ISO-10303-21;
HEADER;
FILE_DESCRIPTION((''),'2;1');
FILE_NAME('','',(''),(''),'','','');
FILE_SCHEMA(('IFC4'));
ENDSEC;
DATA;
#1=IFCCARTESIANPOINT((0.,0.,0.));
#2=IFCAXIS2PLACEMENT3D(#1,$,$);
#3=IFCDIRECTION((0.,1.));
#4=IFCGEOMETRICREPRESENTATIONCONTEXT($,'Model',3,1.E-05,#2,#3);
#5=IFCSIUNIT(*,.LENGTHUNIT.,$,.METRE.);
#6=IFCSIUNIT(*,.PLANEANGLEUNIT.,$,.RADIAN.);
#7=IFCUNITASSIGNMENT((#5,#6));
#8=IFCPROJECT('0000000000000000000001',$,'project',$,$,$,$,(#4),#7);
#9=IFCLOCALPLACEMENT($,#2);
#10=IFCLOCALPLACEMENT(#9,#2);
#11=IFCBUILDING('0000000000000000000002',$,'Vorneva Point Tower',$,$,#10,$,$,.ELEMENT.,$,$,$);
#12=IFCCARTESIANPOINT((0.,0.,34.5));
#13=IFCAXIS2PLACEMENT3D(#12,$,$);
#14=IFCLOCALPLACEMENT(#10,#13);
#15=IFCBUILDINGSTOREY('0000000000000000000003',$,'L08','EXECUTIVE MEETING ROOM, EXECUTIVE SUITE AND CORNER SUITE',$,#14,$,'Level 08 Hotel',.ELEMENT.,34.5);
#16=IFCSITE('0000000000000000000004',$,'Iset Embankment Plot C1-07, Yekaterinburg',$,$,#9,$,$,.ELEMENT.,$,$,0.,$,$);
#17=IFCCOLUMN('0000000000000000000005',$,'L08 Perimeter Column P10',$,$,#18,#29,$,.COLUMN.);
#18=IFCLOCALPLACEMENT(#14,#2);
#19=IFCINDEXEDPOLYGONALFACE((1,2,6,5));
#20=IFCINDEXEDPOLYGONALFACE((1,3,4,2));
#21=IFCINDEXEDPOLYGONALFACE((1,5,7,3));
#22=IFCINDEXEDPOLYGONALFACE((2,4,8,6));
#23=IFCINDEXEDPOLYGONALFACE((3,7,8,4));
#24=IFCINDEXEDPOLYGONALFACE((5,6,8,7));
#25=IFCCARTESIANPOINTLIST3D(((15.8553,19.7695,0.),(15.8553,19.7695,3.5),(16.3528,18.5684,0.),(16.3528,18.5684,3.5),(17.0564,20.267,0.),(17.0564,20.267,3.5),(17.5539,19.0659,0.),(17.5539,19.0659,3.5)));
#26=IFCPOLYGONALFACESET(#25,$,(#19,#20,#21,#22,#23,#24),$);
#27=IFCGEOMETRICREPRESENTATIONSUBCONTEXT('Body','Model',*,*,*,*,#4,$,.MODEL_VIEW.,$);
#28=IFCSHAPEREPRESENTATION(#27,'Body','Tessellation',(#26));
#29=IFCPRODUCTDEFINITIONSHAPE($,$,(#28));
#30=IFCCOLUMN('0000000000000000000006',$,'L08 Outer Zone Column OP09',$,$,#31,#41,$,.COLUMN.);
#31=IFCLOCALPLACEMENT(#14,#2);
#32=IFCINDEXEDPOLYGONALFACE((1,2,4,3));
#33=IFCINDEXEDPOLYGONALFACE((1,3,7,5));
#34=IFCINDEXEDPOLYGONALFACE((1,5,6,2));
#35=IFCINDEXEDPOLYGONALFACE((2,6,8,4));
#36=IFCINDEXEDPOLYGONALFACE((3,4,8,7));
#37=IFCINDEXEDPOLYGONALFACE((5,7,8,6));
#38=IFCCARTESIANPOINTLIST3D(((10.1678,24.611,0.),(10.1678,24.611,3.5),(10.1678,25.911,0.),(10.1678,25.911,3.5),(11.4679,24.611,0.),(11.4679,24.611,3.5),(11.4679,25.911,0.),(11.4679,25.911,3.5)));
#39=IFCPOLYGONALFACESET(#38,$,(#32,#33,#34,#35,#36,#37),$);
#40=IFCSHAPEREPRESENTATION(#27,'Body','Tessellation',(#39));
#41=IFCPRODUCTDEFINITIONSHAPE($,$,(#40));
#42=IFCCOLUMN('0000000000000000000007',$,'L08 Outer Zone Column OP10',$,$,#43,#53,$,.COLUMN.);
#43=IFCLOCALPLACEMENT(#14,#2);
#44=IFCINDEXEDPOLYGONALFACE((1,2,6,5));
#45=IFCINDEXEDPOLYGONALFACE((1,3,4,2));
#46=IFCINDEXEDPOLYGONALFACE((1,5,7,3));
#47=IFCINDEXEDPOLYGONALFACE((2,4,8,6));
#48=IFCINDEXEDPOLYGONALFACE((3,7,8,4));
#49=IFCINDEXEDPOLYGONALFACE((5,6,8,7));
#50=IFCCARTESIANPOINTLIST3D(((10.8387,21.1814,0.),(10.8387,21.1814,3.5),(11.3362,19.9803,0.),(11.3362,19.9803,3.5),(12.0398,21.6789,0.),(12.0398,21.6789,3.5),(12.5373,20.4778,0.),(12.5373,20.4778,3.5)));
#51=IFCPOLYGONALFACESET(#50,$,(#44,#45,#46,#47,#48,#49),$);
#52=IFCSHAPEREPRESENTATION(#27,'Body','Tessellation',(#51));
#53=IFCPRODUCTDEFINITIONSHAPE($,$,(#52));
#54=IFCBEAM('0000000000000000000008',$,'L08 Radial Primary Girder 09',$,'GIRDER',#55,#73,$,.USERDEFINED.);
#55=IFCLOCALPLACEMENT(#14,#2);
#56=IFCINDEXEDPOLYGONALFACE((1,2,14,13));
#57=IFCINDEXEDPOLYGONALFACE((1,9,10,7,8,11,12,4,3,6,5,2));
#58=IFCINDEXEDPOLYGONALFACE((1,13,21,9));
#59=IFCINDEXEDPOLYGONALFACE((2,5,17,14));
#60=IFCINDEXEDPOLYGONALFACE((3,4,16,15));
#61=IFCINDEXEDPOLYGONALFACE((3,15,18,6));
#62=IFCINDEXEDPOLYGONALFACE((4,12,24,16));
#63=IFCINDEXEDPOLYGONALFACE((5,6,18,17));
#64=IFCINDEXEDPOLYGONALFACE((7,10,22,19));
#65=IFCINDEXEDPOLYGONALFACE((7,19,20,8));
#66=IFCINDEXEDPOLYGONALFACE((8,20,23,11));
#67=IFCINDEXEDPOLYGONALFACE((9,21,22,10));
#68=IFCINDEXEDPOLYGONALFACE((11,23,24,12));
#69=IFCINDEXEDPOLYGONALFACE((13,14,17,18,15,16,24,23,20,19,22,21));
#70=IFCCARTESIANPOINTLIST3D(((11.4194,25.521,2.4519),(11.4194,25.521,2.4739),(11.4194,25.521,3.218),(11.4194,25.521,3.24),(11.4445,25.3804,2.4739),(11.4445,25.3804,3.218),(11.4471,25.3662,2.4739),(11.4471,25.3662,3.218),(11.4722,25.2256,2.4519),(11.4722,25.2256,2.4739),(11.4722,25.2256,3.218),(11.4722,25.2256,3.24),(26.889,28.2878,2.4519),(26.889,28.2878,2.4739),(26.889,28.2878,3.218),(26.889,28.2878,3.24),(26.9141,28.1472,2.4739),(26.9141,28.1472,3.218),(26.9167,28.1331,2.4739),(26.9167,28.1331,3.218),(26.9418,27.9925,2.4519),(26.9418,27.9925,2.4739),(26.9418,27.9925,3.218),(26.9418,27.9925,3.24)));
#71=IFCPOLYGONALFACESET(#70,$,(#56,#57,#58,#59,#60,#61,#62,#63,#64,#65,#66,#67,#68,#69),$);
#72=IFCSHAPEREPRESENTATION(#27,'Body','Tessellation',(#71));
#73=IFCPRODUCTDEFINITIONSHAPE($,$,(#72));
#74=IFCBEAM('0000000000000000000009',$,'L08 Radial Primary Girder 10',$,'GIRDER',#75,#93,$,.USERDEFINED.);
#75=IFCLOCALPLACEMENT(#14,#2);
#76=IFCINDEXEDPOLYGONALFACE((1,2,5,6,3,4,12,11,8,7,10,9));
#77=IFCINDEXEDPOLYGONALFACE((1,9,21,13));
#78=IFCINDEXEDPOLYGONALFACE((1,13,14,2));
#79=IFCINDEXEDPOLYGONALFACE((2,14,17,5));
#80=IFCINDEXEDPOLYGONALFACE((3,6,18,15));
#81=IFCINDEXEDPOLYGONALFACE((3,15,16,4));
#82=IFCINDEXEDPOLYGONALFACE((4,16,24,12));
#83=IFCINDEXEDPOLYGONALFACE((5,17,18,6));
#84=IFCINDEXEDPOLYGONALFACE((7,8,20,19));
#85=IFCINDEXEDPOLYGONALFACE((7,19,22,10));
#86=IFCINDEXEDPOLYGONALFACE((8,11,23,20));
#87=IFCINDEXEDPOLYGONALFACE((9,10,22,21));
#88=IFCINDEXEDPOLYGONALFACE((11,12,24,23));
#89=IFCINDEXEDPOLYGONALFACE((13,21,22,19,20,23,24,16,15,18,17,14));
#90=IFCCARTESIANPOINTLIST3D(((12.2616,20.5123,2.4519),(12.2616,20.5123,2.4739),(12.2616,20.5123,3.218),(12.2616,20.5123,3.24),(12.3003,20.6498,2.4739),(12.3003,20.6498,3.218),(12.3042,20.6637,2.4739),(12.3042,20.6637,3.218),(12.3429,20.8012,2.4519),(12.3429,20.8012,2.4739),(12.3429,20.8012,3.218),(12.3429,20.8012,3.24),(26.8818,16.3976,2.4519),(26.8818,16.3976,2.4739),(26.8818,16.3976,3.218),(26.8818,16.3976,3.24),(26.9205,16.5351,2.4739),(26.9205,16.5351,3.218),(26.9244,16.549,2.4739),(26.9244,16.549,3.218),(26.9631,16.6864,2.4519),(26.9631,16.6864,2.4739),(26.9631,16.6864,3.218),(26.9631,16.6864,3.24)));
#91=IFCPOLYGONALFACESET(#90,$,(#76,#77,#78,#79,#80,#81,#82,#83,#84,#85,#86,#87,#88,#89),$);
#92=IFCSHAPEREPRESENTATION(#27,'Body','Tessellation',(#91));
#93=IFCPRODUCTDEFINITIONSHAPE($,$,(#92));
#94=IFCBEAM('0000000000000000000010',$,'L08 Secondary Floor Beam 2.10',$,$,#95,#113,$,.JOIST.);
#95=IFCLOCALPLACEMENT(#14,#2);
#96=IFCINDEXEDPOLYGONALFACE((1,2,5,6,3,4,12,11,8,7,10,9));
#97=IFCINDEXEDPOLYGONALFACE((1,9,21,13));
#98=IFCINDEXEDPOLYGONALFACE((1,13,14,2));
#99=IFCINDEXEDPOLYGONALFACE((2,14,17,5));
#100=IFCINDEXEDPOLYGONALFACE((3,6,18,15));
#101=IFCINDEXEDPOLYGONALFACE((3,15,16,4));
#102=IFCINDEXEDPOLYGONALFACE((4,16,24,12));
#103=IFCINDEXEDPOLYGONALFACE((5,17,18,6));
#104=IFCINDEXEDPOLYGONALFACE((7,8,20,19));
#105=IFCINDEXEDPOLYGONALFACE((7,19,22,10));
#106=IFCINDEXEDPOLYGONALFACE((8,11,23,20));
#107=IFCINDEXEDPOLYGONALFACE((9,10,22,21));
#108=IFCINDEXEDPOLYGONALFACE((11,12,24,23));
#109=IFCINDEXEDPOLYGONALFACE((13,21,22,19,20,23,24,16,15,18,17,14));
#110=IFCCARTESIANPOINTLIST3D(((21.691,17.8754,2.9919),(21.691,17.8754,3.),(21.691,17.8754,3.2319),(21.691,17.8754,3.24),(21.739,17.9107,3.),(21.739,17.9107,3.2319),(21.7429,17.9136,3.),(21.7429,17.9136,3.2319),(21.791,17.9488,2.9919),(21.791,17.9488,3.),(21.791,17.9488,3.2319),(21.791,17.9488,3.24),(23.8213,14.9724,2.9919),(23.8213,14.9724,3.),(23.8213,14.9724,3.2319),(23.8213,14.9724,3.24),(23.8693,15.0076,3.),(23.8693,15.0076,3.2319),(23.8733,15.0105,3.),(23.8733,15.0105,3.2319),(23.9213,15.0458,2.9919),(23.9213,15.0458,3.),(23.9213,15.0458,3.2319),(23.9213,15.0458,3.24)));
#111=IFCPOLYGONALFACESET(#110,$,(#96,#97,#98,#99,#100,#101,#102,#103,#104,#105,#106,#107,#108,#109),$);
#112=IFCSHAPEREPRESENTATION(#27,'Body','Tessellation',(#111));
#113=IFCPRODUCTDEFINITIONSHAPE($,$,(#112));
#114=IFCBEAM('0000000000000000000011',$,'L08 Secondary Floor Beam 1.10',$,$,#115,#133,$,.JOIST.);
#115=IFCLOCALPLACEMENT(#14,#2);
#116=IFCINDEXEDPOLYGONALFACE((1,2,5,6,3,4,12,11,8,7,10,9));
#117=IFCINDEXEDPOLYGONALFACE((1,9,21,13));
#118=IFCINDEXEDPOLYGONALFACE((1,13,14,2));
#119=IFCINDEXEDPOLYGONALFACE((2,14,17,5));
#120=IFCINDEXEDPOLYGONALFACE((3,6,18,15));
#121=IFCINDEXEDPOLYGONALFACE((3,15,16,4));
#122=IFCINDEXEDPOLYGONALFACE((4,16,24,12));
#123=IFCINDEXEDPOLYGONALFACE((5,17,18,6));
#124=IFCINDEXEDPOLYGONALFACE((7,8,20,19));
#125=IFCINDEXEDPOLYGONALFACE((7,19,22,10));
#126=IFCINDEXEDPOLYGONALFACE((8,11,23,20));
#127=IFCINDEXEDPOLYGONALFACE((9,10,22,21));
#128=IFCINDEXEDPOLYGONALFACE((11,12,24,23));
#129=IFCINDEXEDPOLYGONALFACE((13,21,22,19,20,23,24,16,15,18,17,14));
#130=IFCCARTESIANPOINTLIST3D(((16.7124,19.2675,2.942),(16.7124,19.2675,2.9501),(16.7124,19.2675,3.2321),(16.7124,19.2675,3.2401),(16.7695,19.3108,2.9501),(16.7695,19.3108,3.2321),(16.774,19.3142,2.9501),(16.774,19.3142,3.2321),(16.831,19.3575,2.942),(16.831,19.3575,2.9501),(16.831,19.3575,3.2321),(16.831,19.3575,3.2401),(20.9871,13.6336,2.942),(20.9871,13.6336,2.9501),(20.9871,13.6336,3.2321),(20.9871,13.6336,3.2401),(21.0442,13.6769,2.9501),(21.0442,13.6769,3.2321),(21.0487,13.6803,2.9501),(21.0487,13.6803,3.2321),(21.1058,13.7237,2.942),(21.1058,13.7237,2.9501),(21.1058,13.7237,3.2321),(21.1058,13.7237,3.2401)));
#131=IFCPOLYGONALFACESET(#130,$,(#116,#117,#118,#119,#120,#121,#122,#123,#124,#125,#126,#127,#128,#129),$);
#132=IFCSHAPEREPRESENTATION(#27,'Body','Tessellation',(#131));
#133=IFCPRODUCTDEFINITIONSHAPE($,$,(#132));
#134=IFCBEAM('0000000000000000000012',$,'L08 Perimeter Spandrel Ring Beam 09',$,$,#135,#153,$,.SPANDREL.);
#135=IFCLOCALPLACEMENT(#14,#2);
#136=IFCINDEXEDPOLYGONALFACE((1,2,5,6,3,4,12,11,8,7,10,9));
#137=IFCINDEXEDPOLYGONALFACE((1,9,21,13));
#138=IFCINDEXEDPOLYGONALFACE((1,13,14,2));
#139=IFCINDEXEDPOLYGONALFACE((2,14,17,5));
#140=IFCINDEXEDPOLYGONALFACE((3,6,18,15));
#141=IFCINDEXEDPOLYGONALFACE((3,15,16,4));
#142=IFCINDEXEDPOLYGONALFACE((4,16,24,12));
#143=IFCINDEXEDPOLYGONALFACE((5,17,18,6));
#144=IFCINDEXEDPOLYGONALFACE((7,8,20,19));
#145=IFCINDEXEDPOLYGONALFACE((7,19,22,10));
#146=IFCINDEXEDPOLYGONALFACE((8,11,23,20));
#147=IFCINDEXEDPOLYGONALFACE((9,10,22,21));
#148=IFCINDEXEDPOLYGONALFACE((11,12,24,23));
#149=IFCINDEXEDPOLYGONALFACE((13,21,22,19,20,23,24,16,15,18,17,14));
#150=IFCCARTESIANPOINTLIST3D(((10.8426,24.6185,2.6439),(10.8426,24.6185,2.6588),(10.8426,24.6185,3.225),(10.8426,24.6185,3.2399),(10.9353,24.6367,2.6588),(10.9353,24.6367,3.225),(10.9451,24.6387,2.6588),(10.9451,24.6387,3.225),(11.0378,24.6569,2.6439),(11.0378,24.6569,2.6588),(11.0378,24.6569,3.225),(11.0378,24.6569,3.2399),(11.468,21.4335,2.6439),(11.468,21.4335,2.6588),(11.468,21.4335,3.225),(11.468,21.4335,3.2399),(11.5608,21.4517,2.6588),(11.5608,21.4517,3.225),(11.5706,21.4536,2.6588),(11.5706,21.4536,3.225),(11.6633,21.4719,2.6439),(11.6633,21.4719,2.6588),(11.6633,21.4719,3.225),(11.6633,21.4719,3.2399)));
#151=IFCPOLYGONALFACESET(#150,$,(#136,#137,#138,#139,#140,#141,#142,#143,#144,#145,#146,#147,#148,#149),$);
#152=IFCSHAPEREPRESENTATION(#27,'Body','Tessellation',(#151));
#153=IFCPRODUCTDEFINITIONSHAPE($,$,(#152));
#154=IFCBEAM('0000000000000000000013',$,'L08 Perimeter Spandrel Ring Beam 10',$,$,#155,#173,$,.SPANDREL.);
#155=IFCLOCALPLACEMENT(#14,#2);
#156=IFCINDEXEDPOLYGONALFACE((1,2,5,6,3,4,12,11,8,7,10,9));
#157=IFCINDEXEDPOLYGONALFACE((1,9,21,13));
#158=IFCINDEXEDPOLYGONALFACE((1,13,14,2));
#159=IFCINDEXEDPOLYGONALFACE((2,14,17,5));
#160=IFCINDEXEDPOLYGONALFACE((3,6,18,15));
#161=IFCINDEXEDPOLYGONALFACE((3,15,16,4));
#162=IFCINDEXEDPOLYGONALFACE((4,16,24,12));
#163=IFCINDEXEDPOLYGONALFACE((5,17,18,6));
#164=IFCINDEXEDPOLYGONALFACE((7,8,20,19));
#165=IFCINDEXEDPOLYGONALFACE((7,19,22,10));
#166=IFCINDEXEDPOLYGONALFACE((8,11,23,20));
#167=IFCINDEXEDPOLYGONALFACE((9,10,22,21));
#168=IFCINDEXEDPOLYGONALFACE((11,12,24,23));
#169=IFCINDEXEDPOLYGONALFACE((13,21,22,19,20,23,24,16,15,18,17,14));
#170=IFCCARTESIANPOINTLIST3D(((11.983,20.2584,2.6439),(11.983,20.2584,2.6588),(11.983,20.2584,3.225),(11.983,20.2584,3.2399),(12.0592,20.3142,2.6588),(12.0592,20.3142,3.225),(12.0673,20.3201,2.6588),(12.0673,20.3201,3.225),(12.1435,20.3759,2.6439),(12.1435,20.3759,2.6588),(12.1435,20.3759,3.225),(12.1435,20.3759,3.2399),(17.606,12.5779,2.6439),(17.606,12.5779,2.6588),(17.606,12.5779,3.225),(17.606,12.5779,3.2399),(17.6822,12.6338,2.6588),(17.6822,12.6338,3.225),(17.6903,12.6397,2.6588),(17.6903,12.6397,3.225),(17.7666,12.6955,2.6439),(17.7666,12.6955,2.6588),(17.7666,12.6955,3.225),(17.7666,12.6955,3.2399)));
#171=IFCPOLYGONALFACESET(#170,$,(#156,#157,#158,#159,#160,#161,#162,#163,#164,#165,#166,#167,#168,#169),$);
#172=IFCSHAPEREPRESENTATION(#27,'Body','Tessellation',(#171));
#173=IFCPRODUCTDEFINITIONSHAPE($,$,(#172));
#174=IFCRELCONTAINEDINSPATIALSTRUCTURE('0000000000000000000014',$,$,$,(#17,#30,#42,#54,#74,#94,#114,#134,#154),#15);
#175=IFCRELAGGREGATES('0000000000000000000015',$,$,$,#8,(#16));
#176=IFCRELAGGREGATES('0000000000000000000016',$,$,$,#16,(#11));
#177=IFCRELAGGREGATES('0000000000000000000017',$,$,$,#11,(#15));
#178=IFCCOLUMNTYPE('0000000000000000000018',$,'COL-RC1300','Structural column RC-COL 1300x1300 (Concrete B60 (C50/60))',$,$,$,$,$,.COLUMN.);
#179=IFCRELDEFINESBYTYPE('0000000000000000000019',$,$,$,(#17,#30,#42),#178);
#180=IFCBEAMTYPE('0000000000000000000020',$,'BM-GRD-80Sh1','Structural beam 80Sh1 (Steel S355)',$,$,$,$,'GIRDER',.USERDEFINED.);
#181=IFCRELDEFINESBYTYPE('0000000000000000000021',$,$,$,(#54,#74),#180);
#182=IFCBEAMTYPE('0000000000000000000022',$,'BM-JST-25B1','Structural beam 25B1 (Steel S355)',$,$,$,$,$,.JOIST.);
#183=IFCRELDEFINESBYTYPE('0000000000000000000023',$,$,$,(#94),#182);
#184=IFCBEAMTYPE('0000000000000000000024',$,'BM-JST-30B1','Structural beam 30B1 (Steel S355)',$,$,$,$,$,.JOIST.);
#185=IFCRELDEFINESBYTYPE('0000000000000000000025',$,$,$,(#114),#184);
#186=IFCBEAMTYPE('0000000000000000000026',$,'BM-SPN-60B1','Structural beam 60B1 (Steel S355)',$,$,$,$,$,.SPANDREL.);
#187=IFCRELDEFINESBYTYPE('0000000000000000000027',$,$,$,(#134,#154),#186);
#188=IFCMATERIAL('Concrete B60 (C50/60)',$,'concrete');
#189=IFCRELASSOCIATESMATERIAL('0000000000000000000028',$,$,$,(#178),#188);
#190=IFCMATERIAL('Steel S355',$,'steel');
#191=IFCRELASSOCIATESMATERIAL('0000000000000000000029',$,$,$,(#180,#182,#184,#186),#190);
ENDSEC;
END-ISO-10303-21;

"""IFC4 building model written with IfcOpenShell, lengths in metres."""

from ifc_helpers import new_model, si_unit, direction, frame, origin, origin_2d, place, context, subcontext, project, spatial, rectangle, i_section, extrude, material, material_profile, profile_set, type_object, element, save


model = new_model("IFC4")

# Units and contexts
model_context = context("Model", 3, precision=1e-05, world=origin(), true_north=direction((0.0, 1.0)))
body_context = subcontext(model_context, "Body", "Model", "MODEL_VIEW")
ifc_project = project(units=[si_unit("LENGTHUNIT", "METRE"), si_unit("PLANEANGLEUNIT", "RADIAN")], contexts=[model_context])

# Site, building, storey
site_placement = place(None, origin())
site = spatial("IfcSite", under=ifc_project, at=site_placement, Name="Iset Embankment Plot C1-07, Yekaterinburg", CompositionType="ELEMENT", RefElevation=0.0)
building_placement = place(site_placement, origin())
building = spatial("IfcBuilding", under=site, at=building_placement, Name="Vorneva Point Tower", CompositionType="ELEMENT")
storey_placement = place(building_placement, frame((0.0, 0.0, 34.5)))
storey = spatial("IfcBuildingStorey", under=building, at=storey_placement, Name="L08", Description="EXECUTIVE MEETING ROOM, EXECUTIVE SUITE AND CORNER SUITE", LongName="Level 08 Hotel", CompositionType="ELEMENT", Elevation=34.5)

# Columns
ifc_material_1 = material(Name="Concrete B60 (C50/60)", Category="concrete")
ifc_material_profile_1 = material_profile(ifc_material_1, rectangle(XDim=1.3, YDim=1.3, at=origin_2d()), Name="RC-COL 1300x1300")
ifc_profile_set_1 = profile_set([ifc_material_profile_1], Name="Concrete B60 (C50/60)")
column_type = type_object("IfcColumnType", Name="COL-RC1300", Description="Structural column RC-COL 1300x1300 (Concrete B60 (C50/60))", PredefinedType="COLUMN", material=ifc_profile_set_1)
for number, where, z_axis, x_axis, name in (
    (1, (16.7046, 19.4177, 0.0), (0.0, 0.0, 1.0), (-0.92388, -0.382683, 0.0), "L08 Perimeter Column P10"),
    (2, (10.8179, 25.261, 0.0), (0.0, 0.0, 1.0), (-1.0, 0.0, 0.0), "L08 Outer Zone Column OP09"),
    (3, (11.688, 20.8296, 0.0), (0.0, 0.0, 1.0), (-0.92388, -0.382683, 0.0), "L08 Outer Zone Column OP10"),
):
    element("IfcColumn", number, at=place(storey_placement, frame(where, z_axis=z_axis, x_axis=x_axis)), inside=storey, type_object=column_type, Name=name, PredefinedType="COLUMN", context=body_context, shape_type="SweptSolid", body=[
        extrude(rectangle(XDim=1.3, YDim=1.3, at=origin_2d()), origin(), (0.0, 0.0, 1.0), 3.5),
    ])

# Beams
ifc_material_2 = material(Name="Steel S355", Category="steel")
ifc_material_profile_2 = material_profile(ifc_material_2, i_section(OverallWidth=0.3, OverallDepth=0.7881, WebThickness=0.0144, FlangeThickness=0.022, at=origin_2d()), Name="80Sh1")
ifc_profile_set_2 = profile_set([ifc_material_profile_2], Name="Steel S355")
beam_type_1 = type_object("IfcBeamType", Name="BM-GRD-80Sh1", Description="Structural beam 80Sh1 (Steel S355)", ElementType="GIRDER", PredefinedType="USERDEFINED", material=ifc_profile_set_2)
beam_1_placement = place(storey_placement, frame((11.4458, 25.3733, 2.8459), z_axis=(0.984379, 0.176064, 0.0), x_axis=(-0.176064, 0.984379, 0.0)))
element("IfcBeam", 4, at=beam_1_placement, inside=storey, type_object=beam_type_1, Name="L08 Radial Primary Girder 09", ObjectType="GIRDER", PredefinedType="USERDEFINED", context=body_context, shape_type="SweptSolid", body=[
    extrude(i_section(OverallWidth=0.3, OverallDepth=0.7881, WebThickness=0.0144, FlangeThickness=0.022, at=origin_2d()), origin(), (0.0, 0.0, 1.0), 15.7151),
])
beam_2_placement = place(storey_placement, frame((12.3022, 20.6567, 2.8459), z_axis=(0.962603, -0.270915, 0.0), x_axis=(0.270915, 0.962603, 0.0)))
element("IfcBeam", 5, at=beam_2_placement, inside=storey, type_object=beam_type_1, Name="L08 Radial Primary Girder 10", ObjectType="GIRDER", PredefinedType="USERDEFINED", context=body_context, shape_type="SweptSolid", body=[
    extrude(i_section(OverallWidth=0.3, OverallDepth=0.7881, WebThickness=0.0144, FlangeThickness=0.022, at=origin_2d()), origin(), (0.0, 0.0, 1.0), 15.1882),
])
ifc_material_profile_3 = material_profile(ifc_material_2, i_section(OverallWidth=0.124, OverallDepth=0.248, WebThickness=0.0049, FlangeThickness=0.0081, at=origin_2d()), Name="25B1")
ifc_profile_set_3 = profile_set([ifc_material_profile_3], Name="Steel S355")
beam_type_2 = type_object("IfcBeamType", Name="BM-JST-25B1", Description="Structural beam 25B1 (Steel S355)", PredefinedType="JOIST", material=ifc_profile_set_3)
beam_3_placement = place(storey_placement, frame((21.741, 17.9121, 3.116), z_axis=(0.591625, -0.806213, 0.0), x_axis=(0.806213, 0.591625, 0.0)))
element("IfcBeam", 6, at=beam_3_placement, inside=storey, type_object=beam_type_2, Name="L08 Secondary Floor Beam 2.10", PredefinedType="JOIST", context=body_context, shape_type="SweptSolid", body=[
    extrude(i_section(OverallWidth=0.124, OverallDepth=0.248, WebThickness=0.0049, FlangeThickness=0.0081, at=origin_2d()), origin(), (0.0, 0.0, 1.0), 3.6008),
])
ifc_material_profile_4 = material_profile(ifc_material_2, i_section(OverallWidth=0.1489, OverallDepth=0.2981, WebThickness=0.0056, FlangeThickness=0.0081, at=origin_2d()), Name="30B1")
ifc_profile_set_4 = profile_set([ifc_material_profile_4], Name="Steel S355")
beam_type_3 = type_object("IfcBeamType", Name="BM-JST-30B1", Description="Structural beam 30B1 (Steel S355)", PredefinedType="JOIST", material=ifc_profile_set_4)
beam_4_placement = place(storey_placement, frame((16.7717, 19.3125, 3.0911), z_axis=(0.604454, -0.79664, 0.0), x_axis=(0.79664, 0.604454, 0.0)))
element("IfcBeam", 7, at=beam_4_placement, inside=storey, type_object=beam_type_3, Name="L08 Secondary Floor Beam 1.10", PredefinedType="JOIST", context=body_context, shape_type="SweptSolid", body=[
    extrude(i_section(OverallWidth=0.1489, OverallDepth=0.2981, WebThickness=0.0056, FlangeThickness=0.0081, at=origin_2d()), origin(), (0.0, 0.0, 1.0), 7.072),
])
ifc_material_profile_5 = material_profile(ifc_material_2, i_section(OverallWidth=0.199, OverallDepth=0.5959, WebThickness=0.01, FlangeThickness=0.0149, at=origin_2d()), Name="60B1")
ifc_profile_set_5 = profile_set([ifc_material_profile_5], Name="Steel S355")
beam_type_4 = type_object("IfcBeamType", Name="BM-SPN-60B1", Description="Structural beam 60B1 (Steel S355)", PredefinedType="SPANDREL", material=ifc_profile_set_5)
beam_5_placement = place(storey_placement, frame((10.9402, 24.6377, 2.9419), z_axis=(0.192701, -0.981257, 0.0), x_axis=(0.981257, 0.192701, 0.0)))
element("IfcBeam", 8, at=beam_5_placement, inside=storey, type_object=beam_type_4, Name="L08 Perimeter Spandrel Ring Beam 09", PredefinedType="SPANDREL", context=body_context, shape_type="SweptSolid", body=[
    extrude(i_section(OverallWidth=0.199, OverallDepth=0.5959, WebThickness=0.01, FlangeThickness=0.0149, at=origin_2d()), origin(), (0.0, 0.0, 1.0), 3.2458),
])
beam_6_placement = place(storey_placement, frame((12.0632, 20.3171, 2.9419), z_axis=(0.590731, -0.806869, 0.0), x_axis=(0.806869, 0.590731, 0.0)))
element("IfcBeam", 9, at=beam_6_placement, inside=storey, type_object=beam_type_4, Name="L08 Perimeter Spandrel Ring Beam 10", PredefinedType="SPANDREL", context=body_context, shape_type="SweptSolid", body=[
    extrude(i_section(OverallWidth=0.199, OverallDepth=0.5959, WebThickness=0.01, FlangeThickness=0.0149, at=origin_2d()), origin(), (0.0, 0.0, 1.0), 9.5188),
])

save(model, "model.ifc")
